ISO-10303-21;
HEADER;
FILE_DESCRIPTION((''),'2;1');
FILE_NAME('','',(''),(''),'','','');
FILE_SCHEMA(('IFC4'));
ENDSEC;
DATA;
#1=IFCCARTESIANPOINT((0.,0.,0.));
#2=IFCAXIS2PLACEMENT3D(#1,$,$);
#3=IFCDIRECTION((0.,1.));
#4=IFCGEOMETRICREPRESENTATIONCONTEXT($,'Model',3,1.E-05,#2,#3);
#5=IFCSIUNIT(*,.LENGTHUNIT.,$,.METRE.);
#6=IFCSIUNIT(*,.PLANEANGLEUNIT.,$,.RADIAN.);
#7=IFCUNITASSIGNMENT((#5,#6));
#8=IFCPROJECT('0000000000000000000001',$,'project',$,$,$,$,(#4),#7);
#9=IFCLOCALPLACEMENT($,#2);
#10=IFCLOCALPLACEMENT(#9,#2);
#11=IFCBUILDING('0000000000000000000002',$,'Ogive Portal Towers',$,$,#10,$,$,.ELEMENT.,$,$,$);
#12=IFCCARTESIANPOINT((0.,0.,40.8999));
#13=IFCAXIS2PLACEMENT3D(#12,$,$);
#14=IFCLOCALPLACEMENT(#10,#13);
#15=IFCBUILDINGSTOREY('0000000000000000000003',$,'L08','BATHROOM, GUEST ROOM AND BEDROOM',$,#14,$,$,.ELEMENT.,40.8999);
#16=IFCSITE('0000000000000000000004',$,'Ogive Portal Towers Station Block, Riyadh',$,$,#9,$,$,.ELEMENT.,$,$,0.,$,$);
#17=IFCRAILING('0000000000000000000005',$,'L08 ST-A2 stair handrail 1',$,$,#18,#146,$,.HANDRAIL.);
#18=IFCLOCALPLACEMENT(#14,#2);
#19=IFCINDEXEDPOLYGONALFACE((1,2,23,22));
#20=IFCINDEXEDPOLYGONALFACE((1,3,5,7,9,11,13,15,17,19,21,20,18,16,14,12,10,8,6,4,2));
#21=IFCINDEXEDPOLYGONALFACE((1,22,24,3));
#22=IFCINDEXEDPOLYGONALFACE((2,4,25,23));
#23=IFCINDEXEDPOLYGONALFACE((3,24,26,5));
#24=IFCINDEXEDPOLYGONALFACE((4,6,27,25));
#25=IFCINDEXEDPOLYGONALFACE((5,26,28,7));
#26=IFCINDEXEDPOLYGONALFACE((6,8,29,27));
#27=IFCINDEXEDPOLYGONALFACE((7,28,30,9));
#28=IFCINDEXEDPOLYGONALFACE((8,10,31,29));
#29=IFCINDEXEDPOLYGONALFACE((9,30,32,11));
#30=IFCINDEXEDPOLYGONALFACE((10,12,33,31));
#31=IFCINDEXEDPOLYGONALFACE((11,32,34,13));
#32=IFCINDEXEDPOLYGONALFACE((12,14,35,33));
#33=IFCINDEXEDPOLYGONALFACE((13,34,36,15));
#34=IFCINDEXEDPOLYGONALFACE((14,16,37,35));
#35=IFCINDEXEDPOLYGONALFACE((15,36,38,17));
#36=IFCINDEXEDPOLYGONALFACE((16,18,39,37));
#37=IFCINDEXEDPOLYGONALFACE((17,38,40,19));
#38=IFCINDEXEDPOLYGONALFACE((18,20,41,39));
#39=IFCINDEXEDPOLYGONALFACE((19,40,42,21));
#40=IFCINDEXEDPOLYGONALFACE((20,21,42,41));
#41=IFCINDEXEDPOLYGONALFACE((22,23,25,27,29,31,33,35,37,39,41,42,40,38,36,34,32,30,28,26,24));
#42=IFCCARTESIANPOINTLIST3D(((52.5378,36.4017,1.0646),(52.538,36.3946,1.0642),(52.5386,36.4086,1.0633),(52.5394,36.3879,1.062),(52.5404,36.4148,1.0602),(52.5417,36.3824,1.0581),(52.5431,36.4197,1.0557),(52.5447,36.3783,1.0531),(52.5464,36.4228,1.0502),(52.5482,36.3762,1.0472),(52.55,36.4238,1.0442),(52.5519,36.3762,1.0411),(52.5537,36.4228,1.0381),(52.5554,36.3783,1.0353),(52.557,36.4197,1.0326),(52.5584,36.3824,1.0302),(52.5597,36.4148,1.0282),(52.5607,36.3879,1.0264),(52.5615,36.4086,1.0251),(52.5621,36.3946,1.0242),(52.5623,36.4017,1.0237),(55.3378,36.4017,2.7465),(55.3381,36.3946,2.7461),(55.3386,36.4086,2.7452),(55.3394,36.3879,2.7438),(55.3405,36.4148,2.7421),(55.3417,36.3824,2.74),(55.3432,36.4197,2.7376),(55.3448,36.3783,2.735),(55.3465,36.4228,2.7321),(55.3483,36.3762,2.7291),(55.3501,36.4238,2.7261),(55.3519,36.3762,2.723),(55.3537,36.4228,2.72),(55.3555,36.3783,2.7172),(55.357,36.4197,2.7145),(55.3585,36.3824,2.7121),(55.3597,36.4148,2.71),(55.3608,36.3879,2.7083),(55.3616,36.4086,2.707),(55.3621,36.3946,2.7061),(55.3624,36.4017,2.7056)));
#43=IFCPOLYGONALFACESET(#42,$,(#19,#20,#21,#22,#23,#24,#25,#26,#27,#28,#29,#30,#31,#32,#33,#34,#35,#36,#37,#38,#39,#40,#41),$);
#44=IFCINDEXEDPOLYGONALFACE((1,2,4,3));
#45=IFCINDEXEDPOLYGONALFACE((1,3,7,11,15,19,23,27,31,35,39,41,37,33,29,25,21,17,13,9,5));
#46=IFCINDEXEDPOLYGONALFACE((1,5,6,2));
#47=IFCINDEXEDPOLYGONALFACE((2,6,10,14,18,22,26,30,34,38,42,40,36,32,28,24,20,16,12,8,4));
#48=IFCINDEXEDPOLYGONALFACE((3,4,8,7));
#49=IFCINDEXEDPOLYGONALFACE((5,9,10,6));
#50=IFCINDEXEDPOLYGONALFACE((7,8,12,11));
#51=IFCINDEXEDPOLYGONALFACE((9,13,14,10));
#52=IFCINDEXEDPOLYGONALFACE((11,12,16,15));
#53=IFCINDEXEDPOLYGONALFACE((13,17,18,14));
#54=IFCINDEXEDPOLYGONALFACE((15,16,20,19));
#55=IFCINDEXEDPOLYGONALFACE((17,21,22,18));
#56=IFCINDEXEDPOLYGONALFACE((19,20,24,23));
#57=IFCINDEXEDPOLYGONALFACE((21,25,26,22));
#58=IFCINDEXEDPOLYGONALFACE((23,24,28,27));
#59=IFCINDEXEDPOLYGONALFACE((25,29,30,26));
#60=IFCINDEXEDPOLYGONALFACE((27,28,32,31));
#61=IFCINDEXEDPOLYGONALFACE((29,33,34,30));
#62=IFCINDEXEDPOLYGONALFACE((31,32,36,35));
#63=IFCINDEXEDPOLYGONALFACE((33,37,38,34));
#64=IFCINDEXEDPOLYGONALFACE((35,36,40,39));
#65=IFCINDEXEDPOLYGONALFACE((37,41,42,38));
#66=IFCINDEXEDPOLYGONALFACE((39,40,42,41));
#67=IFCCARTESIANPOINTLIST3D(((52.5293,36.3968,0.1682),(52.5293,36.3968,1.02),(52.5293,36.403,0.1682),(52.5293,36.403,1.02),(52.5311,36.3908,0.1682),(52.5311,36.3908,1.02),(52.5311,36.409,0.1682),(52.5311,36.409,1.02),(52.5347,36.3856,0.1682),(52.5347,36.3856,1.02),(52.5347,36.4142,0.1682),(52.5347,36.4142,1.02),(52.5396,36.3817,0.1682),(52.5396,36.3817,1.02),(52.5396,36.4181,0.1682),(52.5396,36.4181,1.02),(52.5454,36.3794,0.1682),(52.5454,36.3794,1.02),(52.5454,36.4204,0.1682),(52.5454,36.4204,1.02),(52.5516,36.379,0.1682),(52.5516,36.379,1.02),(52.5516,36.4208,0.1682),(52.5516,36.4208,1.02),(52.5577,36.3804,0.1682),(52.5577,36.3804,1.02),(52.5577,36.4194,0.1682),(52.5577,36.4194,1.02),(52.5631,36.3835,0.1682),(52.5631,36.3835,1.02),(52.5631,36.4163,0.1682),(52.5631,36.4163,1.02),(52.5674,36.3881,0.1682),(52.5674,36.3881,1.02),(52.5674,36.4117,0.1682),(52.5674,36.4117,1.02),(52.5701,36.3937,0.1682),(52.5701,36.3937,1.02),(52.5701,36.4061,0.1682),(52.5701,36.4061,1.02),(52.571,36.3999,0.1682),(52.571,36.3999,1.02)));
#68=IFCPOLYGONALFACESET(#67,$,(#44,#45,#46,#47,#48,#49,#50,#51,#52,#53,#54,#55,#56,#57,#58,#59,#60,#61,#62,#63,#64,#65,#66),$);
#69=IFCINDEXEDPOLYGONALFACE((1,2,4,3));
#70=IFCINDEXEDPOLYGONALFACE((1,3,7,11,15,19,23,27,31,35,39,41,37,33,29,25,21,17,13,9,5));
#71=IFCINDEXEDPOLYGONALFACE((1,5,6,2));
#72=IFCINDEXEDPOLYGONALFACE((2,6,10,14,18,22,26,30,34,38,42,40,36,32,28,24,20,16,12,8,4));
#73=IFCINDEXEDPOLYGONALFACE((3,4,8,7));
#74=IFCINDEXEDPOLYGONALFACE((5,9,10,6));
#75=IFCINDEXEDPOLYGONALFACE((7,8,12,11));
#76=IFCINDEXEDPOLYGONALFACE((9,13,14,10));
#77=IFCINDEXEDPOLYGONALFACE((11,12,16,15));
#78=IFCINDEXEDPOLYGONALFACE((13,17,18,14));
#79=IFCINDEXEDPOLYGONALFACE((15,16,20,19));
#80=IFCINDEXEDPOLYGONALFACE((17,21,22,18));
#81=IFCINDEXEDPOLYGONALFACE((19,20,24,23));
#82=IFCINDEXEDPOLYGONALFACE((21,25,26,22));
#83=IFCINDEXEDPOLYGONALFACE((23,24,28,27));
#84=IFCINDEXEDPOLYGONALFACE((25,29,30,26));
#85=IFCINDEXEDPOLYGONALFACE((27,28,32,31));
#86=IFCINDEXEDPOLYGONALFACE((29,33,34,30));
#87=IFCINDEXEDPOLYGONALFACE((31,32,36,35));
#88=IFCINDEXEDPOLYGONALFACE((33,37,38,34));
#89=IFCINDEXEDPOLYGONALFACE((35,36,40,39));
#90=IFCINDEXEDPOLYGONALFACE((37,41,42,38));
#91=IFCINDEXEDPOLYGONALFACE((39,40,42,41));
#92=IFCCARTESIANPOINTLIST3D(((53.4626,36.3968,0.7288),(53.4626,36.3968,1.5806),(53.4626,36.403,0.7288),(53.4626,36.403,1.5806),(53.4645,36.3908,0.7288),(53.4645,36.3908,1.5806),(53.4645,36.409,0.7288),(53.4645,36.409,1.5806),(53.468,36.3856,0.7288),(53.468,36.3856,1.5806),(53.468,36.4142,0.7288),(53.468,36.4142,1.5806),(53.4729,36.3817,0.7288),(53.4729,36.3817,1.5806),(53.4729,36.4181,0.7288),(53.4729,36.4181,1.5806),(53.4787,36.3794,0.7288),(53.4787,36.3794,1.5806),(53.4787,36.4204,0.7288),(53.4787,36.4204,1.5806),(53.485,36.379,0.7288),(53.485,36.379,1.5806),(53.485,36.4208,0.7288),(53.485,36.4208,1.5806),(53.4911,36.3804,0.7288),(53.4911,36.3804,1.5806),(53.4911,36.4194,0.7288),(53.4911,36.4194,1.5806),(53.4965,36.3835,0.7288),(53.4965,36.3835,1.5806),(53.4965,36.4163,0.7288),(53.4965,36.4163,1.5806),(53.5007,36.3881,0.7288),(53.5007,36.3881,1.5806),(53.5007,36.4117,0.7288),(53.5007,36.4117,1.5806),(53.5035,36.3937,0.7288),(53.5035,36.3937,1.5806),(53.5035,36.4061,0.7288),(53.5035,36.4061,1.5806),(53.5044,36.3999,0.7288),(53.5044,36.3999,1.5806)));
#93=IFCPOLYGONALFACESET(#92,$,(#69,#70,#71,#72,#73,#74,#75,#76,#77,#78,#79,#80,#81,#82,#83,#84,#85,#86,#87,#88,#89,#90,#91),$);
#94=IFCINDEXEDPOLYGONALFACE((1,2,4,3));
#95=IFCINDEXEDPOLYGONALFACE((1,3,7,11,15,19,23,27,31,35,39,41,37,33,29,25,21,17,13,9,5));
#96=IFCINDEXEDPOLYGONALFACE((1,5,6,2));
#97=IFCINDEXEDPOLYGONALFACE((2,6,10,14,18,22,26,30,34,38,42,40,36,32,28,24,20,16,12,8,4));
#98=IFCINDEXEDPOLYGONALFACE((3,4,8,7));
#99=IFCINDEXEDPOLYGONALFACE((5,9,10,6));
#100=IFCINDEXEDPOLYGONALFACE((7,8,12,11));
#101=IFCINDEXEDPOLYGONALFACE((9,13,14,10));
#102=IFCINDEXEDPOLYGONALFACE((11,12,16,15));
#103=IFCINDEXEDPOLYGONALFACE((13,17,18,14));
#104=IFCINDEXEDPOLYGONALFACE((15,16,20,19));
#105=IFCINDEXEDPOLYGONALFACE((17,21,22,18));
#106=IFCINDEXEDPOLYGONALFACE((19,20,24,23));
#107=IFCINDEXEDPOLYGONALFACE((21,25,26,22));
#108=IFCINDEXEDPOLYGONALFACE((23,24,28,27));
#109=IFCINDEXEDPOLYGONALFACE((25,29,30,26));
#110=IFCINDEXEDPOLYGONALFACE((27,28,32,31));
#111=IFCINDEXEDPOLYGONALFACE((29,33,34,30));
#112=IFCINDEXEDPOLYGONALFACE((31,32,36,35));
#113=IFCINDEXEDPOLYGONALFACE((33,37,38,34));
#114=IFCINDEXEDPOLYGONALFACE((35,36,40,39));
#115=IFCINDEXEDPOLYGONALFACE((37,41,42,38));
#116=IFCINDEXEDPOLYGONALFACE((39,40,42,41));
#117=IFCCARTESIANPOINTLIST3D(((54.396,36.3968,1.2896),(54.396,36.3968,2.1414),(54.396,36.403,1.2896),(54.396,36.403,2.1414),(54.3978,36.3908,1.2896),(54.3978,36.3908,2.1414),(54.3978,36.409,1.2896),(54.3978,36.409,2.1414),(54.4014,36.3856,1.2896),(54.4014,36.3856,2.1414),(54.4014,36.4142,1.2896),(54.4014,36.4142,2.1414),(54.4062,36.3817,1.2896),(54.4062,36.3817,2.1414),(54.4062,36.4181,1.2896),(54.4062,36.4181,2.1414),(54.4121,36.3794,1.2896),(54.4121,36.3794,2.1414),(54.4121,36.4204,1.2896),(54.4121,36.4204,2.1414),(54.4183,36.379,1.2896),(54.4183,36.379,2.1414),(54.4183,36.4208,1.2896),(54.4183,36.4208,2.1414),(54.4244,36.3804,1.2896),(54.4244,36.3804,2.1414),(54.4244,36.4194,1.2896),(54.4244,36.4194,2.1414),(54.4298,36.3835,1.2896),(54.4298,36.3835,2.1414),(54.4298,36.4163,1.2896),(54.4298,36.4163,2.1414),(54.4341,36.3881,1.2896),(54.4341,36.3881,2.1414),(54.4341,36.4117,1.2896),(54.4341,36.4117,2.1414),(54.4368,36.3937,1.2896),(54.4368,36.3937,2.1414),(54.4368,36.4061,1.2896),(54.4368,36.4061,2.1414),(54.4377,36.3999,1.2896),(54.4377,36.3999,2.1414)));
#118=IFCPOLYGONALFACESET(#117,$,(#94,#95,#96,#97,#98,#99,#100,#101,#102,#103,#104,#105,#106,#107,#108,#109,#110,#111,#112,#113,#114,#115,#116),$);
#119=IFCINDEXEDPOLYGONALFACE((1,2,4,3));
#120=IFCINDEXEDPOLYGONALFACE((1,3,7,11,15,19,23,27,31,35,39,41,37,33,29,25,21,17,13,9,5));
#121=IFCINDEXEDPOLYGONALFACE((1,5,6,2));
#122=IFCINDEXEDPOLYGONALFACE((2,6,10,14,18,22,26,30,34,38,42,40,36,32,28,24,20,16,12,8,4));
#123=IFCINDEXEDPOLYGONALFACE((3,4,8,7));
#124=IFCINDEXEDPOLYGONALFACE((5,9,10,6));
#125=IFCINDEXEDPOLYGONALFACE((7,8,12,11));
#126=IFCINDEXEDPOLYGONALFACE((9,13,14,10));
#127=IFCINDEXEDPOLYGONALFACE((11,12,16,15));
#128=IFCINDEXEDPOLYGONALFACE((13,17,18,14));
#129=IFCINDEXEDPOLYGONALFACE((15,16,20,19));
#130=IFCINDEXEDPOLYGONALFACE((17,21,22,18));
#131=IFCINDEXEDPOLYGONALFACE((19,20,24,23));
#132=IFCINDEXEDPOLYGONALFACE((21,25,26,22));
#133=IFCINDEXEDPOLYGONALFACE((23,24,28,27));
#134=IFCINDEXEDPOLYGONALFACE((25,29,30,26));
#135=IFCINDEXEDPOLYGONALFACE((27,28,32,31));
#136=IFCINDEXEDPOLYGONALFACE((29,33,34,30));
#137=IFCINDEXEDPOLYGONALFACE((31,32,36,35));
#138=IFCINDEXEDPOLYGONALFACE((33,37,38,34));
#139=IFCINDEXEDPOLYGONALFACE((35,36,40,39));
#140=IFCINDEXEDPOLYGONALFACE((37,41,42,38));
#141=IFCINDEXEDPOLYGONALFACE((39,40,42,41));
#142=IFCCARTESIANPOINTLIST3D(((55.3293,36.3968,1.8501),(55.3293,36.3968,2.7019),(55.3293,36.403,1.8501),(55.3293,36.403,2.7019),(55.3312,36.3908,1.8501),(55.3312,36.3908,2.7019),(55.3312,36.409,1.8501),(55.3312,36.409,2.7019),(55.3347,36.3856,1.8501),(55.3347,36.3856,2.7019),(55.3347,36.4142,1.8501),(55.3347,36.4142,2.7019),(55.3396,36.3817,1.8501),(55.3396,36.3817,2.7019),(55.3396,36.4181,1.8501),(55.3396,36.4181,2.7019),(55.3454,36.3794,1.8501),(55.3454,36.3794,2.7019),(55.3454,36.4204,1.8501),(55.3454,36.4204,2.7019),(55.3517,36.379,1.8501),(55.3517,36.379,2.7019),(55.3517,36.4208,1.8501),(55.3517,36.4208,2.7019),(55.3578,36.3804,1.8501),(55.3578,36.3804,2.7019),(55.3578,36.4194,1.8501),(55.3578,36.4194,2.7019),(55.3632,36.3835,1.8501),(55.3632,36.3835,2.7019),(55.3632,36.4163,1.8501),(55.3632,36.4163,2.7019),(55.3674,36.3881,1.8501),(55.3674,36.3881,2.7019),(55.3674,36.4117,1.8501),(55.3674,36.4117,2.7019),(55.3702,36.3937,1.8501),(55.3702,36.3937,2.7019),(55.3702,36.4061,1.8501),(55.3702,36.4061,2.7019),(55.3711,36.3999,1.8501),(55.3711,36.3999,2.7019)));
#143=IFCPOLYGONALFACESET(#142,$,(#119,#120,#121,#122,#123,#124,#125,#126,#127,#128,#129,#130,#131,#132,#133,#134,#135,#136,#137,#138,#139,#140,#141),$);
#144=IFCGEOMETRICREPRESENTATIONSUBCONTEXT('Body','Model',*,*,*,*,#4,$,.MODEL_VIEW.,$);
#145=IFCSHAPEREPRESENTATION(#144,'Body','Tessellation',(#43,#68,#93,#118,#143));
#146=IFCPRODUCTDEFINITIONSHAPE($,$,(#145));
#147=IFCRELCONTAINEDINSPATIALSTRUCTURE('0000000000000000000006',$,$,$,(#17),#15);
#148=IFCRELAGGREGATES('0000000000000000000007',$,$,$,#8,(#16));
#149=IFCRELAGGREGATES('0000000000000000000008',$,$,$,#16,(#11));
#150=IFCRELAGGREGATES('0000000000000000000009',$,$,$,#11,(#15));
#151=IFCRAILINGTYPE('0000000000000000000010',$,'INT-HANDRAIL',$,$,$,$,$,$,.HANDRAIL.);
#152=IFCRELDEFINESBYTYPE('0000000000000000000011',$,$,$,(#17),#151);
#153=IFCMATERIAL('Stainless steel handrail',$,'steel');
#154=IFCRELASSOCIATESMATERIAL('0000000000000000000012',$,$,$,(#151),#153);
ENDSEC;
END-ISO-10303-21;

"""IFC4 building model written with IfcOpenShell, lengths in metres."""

from ifc_helpers import new_model, si_unit, direction, frame, origin, origin_2d, place, context, subcontext, project, spatial, circle, extrude, material, type_object, element, save


model = new_model("IFC4")

# Units and contexts
model_context = context("Model", 3, precision=1e-05, world=origin(), true_north=direction((0.0, 1.0)))
body_context = subcontext(model_context, "Body", "Model", "MODEL_VIEW")
ifc_project = project(units=[si_unit("LENGTHUNIT", "METRE"), si_unit("PLANEANGLEUNIT", "RADIAN")], contexts=[model_context])

# Site, building, storey
site_placement = place(None, origin())
site = spatial("IfcSite", under=ifc_project, at=site_placement, Name="Ogive Portal Towers Station Block, Riyadh", CompositionType="ELEMENT", RefElevation=0.0)
building_placement = place(site_placement, origin())
building = spatial("IfcBuilding", under=site, at=building_placement, Name="Ogive Portal Towers", CompositionType="ELEMENT")
storey_placement = place(building_placement, frame((0.0, 0.0, 40.8999)))
storey = spatial("IfcBuildingStorey", under=building, at=storey_placement, Name="L08", Description="BATHROOM, GUEST ROOM AND BEDROOM", CompositionType="ELEMENT", Elevation=40.8999)

# Railing
ifc_material_1 = material(Name="Stainless steel handrail", Category="steel")
railing_type_1 = type_object("IfcRailingType", Name="INT-HANDRAIL", PredefinedType="HANDRAIL", material=ifc_material_1)
railing_1_placement = place(storey_placement, frame((52.55, 36.3999, 0.1682)))
element("IfcRailing", 1, at=railing_1_placement, inside=storey, type_object=railing_type_1, Name="L08 ST-A2 stair handrail 1", PredefinedType="HANDRAIL", context=body_context, shape_type="SweptSolid", body=[
    extrude(circle(Radius=0.0239, at=origin_2d()), frame((0.0, 0.0, 0.876), z_axis=(0.857242, 0.0, 0.514913), x_axis=(0.0, 1.0, 0.0)), (0.0, 0.0, 1.0), 3.2664),
    extrude(circle(Radius=0.021, at=origin_2d()), origin(), (0.0, 0.0, 1.0), 0.8518),
    extrude(circle(Radius=0.021, at=origin_2d()), frame((0.9333, 0.0, 0.5605)), (0.0, 0.0, 1.0), 0.8518),
    extrude(circle(Radius=0.021, at=origin_2d()), frame((1.8667, 0.0, 1.1213)), (0.0, 0.0, 1.0), 0.8518),
    extrude(circle(Radius=0.021, at=origin_2d()), frame((2.8, 0.0, 1.6819)), (0.0, 0.0, 1.0), 0.8518),
])

save(model, "model.ifc")
